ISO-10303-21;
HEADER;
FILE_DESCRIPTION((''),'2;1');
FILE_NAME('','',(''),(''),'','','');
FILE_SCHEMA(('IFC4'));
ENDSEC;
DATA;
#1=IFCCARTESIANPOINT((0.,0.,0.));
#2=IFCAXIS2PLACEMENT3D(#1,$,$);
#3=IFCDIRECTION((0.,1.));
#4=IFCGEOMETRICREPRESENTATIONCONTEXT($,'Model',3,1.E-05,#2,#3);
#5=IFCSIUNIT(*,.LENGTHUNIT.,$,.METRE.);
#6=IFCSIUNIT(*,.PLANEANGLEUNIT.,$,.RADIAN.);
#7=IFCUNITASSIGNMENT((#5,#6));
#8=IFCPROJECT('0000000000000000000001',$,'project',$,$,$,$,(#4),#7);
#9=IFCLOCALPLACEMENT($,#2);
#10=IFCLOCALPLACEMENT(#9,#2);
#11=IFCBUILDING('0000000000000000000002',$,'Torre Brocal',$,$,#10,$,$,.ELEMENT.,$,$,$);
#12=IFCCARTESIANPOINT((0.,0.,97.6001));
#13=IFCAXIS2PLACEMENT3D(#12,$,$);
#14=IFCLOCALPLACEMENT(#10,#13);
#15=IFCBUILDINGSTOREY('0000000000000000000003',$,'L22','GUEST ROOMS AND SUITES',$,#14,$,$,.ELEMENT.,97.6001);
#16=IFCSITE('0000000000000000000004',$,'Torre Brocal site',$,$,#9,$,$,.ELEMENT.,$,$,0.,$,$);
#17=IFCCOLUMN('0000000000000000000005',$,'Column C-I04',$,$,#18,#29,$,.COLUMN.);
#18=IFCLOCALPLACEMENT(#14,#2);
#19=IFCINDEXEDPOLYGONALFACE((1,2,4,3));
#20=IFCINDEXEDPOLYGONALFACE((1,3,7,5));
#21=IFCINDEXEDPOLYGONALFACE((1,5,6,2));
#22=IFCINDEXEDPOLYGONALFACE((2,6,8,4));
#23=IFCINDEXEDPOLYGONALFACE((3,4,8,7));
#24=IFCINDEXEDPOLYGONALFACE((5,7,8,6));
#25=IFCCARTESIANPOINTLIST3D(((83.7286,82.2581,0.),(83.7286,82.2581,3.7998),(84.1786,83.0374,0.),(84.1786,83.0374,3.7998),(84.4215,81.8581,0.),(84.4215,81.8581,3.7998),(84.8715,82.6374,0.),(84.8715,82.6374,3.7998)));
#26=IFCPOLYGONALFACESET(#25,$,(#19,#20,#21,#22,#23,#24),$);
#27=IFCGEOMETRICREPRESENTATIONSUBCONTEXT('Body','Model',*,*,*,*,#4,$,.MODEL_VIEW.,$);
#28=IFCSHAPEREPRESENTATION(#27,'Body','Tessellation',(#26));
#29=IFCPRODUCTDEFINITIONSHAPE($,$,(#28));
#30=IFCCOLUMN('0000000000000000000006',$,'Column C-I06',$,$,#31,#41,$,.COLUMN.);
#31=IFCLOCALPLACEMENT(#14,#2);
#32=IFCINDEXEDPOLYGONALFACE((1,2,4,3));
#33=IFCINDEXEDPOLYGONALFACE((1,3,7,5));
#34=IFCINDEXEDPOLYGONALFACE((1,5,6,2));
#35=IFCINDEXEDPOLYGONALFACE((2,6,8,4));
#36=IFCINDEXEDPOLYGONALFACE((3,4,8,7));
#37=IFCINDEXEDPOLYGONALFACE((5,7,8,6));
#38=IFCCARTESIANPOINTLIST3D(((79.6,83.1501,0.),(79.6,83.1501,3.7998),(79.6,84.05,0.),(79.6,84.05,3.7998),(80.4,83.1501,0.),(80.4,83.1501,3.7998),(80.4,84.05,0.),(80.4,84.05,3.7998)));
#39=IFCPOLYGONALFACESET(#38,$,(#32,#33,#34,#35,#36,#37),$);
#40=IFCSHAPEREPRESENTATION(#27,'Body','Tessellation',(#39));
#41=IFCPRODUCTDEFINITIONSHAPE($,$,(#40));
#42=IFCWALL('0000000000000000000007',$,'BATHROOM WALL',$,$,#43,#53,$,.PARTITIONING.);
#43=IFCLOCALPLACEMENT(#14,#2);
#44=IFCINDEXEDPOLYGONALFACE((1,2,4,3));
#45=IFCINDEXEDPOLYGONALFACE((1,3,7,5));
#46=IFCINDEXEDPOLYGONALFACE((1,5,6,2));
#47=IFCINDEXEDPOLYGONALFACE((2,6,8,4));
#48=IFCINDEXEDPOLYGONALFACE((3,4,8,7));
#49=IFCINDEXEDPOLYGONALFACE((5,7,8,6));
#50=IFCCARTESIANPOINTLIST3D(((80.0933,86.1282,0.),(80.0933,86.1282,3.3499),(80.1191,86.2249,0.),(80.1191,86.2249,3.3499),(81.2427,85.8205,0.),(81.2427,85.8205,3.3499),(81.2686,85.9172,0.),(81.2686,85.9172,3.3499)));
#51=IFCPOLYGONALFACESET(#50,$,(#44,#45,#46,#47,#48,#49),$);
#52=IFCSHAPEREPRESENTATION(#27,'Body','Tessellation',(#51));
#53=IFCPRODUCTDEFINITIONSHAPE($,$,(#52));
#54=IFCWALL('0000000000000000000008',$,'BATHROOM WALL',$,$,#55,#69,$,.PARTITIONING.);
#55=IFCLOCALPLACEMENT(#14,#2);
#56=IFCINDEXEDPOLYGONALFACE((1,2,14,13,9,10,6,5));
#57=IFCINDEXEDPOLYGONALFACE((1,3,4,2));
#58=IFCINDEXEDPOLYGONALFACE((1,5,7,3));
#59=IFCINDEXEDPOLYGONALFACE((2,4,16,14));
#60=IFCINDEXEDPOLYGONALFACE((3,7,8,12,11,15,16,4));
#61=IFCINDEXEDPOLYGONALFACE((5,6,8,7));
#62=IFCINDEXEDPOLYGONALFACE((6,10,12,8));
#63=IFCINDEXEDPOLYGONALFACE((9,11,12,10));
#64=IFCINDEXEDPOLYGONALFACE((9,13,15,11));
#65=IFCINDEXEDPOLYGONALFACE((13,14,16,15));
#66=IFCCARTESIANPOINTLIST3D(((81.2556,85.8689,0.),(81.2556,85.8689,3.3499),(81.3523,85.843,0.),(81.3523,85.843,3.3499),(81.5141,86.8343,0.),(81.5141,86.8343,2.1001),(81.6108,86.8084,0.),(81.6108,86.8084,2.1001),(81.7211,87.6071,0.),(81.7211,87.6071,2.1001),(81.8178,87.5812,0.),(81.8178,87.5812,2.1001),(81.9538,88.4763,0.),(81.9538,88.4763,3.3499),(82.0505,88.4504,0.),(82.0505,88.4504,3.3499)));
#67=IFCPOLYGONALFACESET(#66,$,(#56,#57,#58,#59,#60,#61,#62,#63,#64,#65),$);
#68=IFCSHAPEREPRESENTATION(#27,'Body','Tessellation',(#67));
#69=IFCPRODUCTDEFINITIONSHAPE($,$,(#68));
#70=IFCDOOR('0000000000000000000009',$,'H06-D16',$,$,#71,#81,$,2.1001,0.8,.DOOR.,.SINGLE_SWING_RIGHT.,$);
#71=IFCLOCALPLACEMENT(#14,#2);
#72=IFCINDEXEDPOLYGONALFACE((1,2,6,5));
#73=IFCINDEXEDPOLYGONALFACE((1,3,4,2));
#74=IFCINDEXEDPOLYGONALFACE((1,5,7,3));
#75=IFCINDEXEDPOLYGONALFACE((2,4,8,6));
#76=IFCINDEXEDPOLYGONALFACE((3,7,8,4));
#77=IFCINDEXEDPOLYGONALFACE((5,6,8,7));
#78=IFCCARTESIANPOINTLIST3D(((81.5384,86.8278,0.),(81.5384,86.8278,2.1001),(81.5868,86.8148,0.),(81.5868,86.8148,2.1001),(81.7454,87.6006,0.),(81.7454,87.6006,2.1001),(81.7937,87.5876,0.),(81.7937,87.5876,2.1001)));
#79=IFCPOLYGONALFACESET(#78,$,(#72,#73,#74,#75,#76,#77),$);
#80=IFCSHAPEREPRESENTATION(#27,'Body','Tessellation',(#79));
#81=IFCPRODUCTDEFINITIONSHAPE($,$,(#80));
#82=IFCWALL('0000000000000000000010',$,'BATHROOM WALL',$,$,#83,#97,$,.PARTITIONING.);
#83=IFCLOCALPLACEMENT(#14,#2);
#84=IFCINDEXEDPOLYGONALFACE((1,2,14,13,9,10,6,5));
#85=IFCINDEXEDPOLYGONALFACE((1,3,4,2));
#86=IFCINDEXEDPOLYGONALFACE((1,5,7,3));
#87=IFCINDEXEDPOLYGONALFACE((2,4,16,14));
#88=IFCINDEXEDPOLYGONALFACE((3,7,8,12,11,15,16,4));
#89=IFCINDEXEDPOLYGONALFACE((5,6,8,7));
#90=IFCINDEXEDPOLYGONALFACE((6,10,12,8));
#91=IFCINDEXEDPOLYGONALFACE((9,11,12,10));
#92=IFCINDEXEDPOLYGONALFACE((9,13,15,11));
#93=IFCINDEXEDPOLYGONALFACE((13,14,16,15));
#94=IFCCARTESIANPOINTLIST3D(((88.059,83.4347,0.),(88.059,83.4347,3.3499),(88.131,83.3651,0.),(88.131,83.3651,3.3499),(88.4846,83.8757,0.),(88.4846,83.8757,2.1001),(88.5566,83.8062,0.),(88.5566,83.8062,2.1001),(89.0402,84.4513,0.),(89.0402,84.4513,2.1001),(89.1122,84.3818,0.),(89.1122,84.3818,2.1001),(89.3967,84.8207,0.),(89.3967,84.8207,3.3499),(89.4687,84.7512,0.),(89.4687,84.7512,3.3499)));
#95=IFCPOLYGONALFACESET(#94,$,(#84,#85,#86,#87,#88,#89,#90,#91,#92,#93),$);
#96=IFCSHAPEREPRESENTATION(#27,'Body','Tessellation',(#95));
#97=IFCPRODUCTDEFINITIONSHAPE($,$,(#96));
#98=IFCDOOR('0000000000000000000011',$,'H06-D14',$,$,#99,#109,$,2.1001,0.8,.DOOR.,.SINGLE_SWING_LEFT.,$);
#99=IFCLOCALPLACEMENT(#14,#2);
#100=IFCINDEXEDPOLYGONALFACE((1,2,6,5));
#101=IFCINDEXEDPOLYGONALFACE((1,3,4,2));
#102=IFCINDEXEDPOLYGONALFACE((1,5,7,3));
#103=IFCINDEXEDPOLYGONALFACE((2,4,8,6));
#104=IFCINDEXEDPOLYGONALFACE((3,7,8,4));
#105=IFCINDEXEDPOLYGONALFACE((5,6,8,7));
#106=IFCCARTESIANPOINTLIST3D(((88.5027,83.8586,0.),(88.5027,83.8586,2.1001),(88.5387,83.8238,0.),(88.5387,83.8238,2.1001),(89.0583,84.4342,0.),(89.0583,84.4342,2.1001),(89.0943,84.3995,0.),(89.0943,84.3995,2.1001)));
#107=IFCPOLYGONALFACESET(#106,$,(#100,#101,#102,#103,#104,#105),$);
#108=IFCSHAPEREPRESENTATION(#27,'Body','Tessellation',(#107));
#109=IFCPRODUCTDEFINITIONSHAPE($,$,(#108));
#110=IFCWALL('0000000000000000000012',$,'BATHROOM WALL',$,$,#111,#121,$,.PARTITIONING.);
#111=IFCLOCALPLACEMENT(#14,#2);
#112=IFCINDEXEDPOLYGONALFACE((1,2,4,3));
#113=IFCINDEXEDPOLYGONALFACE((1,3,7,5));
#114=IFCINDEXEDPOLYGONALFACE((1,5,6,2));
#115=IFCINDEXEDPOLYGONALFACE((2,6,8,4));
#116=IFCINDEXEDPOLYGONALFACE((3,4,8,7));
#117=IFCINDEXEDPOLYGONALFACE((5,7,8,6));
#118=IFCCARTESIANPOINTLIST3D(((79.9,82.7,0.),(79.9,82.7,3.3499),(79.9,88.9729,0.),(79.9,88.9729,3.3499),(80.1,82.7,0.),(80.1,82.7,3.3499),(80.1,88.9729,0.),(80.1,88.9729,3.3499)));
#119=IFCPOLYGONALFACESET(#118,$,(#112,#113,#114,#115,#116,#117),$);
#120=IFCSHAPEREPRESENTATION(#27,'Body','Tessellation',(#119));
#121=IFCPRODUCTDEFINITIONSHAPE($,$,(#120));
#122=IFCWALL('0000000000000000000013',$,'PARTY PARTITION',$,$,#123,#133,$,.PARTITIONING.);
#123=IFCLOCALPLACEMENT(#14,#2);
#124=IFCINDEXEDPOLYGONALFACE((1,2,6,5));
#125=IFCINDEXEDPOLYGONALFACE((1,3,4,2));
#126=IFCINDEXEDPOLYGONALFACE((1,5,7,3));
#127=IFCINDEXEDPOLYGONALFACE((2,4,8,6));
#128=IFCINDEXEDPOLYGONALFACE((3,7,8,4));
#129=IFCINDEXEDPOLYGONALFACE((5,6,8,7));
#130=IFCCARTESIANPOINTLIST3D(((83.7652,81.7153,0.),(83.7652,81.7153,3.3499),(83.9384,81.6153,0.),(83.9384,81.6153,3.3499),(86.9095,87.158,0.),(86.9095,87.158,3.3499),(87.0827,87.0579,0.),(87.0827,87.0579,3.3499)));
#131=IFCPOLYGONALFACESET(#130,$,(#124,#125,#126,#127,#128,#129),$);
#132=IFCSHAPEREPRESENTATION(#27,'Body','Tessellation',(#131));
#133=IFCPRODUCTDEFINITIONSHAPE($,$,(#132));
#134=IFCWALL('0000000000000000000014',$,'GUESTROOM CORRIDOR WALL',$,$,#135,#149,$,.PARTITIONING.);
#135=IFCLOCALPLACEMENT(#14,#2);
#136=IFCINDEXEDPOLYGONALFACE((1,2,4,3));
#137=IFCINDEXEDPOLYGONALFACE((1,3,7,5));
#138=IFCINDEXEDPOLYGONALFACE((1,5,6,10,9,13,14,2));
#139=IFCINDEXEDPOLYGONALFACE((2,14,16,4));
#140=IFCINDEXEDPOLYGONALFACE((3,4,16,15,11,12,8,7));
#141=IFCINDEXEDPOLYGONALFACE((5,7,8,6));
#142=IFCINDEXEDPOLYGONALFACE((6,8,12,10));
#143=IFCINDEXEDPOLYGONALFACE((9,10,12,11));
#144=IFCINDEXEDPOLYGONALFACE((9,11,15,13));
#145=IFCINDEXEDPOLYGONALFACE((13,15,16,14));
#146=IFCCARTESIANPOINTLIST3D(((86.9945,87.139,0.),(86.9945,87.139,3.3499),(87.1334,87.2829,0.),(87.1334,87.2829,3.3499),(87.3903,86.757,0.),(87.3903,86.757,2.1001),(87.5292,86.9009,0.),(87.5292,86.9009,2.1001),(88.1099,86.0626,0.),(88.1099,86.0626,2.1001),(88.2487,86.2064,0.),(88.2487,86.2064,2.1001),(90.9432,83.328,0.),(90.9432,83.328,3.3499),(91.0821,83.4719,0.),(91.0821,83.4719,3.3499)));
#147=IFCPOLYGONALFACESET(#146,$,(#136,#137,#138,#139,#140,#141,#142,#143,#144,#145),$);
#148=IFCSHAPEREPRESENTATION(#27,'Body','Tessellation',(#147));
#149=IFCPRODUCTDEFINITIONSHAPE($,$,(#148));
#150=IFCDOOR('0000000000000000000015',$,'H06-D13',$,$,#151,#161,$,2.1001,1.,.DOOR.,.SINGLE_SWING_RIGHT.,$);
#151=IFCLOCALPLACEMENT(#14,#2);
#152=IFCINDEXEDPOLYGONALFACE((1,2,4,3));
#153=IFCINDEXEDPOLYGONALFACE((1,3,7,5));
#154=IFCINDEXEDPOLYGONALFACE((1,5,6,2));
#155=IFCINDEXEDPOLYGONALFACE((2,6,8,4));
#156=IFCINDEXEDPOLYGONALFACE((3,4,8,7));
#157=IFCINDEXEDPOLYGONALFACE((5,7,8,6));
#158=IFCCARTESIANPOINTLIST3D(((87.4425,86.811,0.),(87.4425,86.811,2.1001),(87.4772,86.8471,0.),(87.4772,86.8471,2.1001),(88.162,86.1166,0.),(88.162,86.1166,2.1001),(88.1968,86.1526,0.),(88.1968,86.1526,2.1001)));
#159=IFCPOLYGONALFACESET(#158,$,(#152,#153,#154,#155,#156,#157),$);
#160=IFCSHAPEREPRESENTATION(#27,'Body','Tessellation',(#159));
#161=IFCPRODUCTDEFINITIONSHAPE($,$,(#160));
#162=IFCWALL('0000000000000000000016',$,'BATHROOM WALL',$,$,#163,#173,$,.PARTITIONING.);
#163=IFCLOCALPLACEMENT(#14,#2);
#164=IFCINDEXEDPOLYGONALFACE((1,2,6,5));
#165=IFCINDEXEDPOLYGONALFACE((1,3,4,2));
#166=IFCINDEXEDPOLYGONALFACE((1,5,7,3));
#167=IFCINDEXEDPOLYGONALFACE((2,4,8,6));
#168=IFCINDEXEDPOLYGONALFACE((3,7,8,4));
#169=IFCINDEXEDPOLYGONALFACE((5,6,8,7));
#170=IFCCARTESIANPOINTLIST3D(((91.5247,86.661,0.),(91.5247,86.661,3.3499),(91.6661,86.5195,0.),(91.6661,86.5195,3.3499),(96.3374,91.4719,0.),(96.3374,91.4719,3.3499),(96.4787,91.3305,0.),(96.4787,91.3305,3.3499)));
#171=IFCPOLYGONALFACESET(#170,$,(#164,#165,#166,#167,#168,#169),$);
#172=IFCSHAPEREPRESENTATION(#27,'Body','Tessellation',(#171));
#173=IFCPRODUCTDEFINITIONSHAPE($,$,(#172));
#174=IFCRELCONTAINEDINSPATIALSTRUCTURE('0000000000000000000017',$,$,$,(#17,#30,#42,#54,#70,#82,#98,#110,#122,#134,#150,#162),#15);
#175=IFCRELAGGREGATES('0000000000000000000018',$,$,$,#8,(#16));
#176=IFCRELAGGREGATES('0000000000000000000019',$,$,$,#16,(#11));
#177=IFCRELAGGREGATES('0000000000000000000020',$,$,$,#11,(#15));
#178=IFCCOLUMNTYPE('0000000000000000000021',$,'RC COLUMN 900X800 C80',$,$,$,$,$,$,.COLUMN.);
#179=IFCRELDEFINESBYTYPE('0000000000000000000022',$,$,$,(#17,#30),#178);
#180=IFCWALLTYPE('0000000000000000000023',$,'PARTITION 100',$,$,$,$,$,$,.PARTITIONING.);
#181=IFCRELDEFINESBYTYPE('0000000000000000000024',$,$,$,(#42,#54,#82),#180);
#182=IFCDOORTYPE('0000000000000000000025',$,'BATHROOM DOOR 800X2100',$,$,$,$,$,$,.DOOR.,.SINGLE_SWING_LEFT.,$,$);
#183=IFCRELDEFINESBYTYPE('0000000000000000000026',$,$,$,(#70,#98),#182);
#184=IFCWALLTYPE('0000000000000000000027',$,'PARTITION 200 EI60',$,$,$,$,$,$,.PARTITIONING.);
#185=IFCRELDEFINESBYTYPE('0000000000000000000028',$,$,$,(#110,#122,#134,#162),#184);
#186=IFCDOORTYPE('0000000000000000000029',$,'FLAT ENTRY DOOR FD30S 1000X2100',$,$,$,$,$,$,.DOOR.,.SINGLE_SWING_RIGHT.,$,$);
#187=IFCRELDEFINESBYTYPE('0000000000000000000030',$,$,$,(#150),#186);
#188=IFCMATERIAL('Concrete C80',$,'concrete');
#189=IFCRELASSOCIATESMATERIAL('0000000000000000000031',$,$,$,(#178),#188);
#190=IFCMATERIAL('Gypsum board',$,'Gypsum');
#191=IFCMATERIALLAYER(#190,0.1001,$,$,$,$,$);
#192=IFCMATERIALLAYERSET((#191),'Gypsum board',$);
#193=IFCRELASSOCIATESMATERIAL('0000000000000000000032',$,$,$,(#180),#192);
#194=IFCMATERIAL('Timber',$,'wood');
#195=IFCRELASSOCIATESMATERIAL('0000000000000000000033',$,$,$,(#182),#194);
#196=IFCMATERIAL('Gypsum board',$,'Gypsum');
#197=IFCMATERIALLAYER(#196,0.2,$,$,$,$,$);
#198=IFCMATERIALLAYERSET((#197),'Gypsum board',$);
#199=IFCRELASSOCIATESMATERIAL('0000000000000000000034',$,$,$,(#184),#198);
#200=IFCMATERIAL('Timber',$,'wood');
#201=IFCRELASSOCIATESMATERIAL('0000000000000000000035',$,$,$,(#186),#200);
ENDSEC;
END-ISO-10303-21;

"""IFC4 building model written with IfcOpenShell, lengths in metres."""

from ifc_helpers import new_model, si_unit, direction, frame, frame_2d, origin, origin_2d, place, context, subcontext, project, spatial, rectangle, extrude, material, layer, layer_set, material_profile, profile_set, type_object, element, fill, save


model = new_model("IFC4")

# Units and contexts
model_context = context("Model", 3, precision=1e-05, world=origin(), true_north=direction((0.0, 1.0)))
body_context = subcontext(model_context, "Body", "Model", "MODEL_VIEW")
ifc_project = project(units=[si_unit("LENGTHUNIT", "METRE"), si_unit("PLANEANGLEUNIT", "RADIAN")], contexts=[model_context])

# Site, building, storey
site_placement = place(None, origin())
site = spatial("IfcSite", under=ifc_project, at=site_placement, Name="Torre Brocal site", CompositionType="ELEMENT", RefElevation=0.0)
building_placement = place(site_placement, origin())
building = spatial("IfcBuilding", under=site, at=building_placement, Name="Torre Brocal", CompositionType="ELEMENT")
storey_placement = place(building_placement, frame((0.0, 0.0, 97.6001)))
storey = spatial("IfcBuildingStorey", under=building, at=storey_placement, Name="L22", Description="GUEST ROOMS AND SUITES", CompositionType="ELEMENT", Elevation=97.6001)

# Columns
ifc_material_1 = material(Name="Concrete C80", Category="concrete")
ifc_material_profile = material_profile(ifc_material_1, rectangle(XDim=0.8999, YDim=0.8, at=origin_2d()), Name="RC 900X800")
ifc_profile_set = profile_set([ifc_material_profile], Name="Concrete C80")
column_type = type_object("IfcColumnType", Name="RC COLUMN 900X800 C80", PredefinedType="COLUMN", material=ifc_profile_set)
for number, where, z_axis, x_axis, name in (
    (1, (84.3, 82.4478, 0.0), (0.0, 0.0, 1.0), (0.5, 0.866025, 0.0), "Column C-I04"),
    (2, (80.0, 83.6001, 0.0), (0.0, 0.0, 1.0), (0.0, 1.0, 0.0), "Column C-I06"),
):
    element("IfcColumn", number, at=place(storey_placement, frame(where, z_axis=z_axis, x_axis=x_axis)), inside=storey, type_object=column_type, Name=name, PredefinedType="COLUMN", context=body_context, shape_type="SweptSolid", body=[
        extrude(rectangle(XDim=0.8999, YDim=0.8, at=origin_2d()), origin(), (0.0, 0.0, 1.0), 3.7998),
    ])

# Wall
ifc_material_2 = material(Name="Gypsum board", Category="Gypsum")
ifc_layer_1 = layer(ifc_material_2, 0.1001)
ifc_layer_set_1 = layer_set([ifc_layer_1], Name="Gypsum board")
wall_type_1 = type_object("IfcWallType", Name="PARTITION 100", PredefinedType="PARTITIONING", material=ifc_layer_set_1)
wall_1_placement = place(storey_placement, frame((80.1062, 86.1765, 0.0), z_axis=(0.0, 0.0, 1.0), x_axis=(0.966003, -0.258531, 0.0)))
element("IfcWall", 3, at=wall_1_placement, inside=storey, type_object=wall_type_1, Name="BATHROOM WALL", PredefinedType="PARTITIONING", context=body_context, shape_type="SweptSolid", body=[
    extrude(rectangle(XDim=1.1899, YDim=0.1001, at=frame_2d((0.595, 0.0))), origin(), (0.0, 0.0, 1.0), 3.3499),
])

# Walls, openings, doors
wall_2_placement = place(storey_placement, frame((81.304, 85.856, 0.0), z_axis=(0.0, 0.0, 1.0), x_axis=(0.258676, 0.965964, 0.0)))
wall_2 = element("IfcWall", 4, at=wall_2_placement, inside=storey, type_object=wall_type_1, Name="BATHROOM WALL", PredefinedType="PARTITIONING", context=body_context, shape_type="SweptSolid", body=[
    extrude(rectangle(XDim=2.6992, YDim=0.1001, at=frame_2d((1.3496, 0.0))), origin(), (0.0, 0.0, 1.0), 3.3499),
])
opening_1_placement = place(wall_2_placement, frame((0.9995, 0.0, 0.0)))
opening_1 = element("IfcOpeningElement", 5, at=opening_1_placement, cuts=wall_2, PredefinedType="OPENING", context=body_context, shape_type="SweptSolid", body=[
    extrude(rectangle(XDim=0.8, YDim=2.1001, at=frame_2d((0.3999, 1.05))), frame((0.0, 0.0601, 0.0), z_axis=(0.0, -1.0, 0.0), x_axis=(1.0, 0.0, 0.0)), (0.0, 0.0, 1.0), 0.1201),
])
ifc_material_3 = material(Name="Timber", Category="wood")
door_type_1 = type_object("IfcDoorType", Name="BATHROOM DOOR 800X2100", OperationType="SINGLE_SWING_LEFT", PredefinedType="DOOR", material=ifc_material_3)
door_1_placement = place(opening_1_placement, origin())
door_1 = element("IfcDoor", 6, at=door_1_placement, inside=storey, type_object=door_type_1, Name="H06-D16", OperationType="SINGLE_SWING_RIGHT", OverallHeight=2.1001, OverallWidth=0.8, PredefinedType="DOOR", context=body_context, shape_type="SweptSolid", body=[
    extrude(rectangle(XDim=0.8, YDim=2.1001, at=frame_2d((0.3999, 1.05))), frame((0.0, 0.0249, 0.0), z_axis=(0.0, -1.0, 0.0), x_axis=(1.0, 0.0, 0.0)), (0.0, 0.0, 1.0), 0.05),
])
fill(opening_1, door_1)
wall_3_placement = place(storey_placement, frame((88.095, 83.3999, 0.0), z_axis=(0.0, 0.0, 1.0), x_axis=(0.694447, 0.719543, 0.0)))
wall_3 = element("IfcWall", 7, at=wall_3_placement, inside=storey, type_object=wall_type_1, Name="BATHROOM WALL", PredefinedType="PARTITIONING", context=body_context, shape_type="SweptSolid", body=[
    extrude(rectangle(XDim=1.9263, YDim=0.1001, at=frame_2d((0.9631, 0.0))), origin(), (0.0, 0.0, 1.0), 3.3499),
])
opening_2_placement = place(wall_3_placement, frame((0.613, 0.0, 0.0)))
opening_2 = element("IfcOpeningElement", 8, at=opening_2_placement, cuts=wall_3, PredefinedType="OPENING", context=body_context, shape_type="SweptSolid", body=[
    extrude(rectangle(XDim=0.8, YDim=2.1001, at=frame_2d((0.3999, 1.05))), frame((0.0, 0.0601, 0.0), z_axis=(0.0, -1.0, 0.0), x_axis=(1.0, 0.0, 0.0)), (0.0, 0.0, 1.0), 0.1201),
])
door_2_placement = place(opening_2_placement, frame((0.8, 0.0, 0.0), z_axis=(0.0, 0.0, 1.0), x_axis=(-1.0, 0.0, 0.0)))
door_2 = element("IfcDoor", 9, at=door_2_placement, inside=storey, type_object=door_type_1, Name="H06-D14", OperationType="SINGLE_SWING_LEFT", OverallHeight=2.1001, OverallWidth=0.8, PredefinedType="DOOR", context=body_context, shape_type="SweptSolid", body=[
    extrude(rectangle(XDim=0.8, YDim=2.1001, at=frame_2d((0.3999, 1.05))), frame((0.0, 0.0249, 0.0), z_axis=(0.0, -1.0, 0.0), x_axis=(1.0, 0.0, 0.0)), (0.0, 0.0, 1.0), 0.05),
])
fill(opening_2, door_2)

# Walls
ifc_material_4 = material(Name="Gypsum board", Category="Gypsum")
ifc_layer_2 = layer(ifc_material_4, 0.2)
ifc_layer_set_2 = layer_set([ifc_layer_2], Name="Gypsum board")
wall_type_2 = type_object("IfcWallType", Name="PARTITION 200 EI60", PredefinedType="PARTITIONING", material=ifc_layer_set_2)
wall_4_placement = place(storey_placement, frame((80.0, 82.7, 0.0), z_axis=(0.0, 0.0, 1.0), x_axis=(0.0, 1.0, 0.0)))
element("IfcWall", 10, at=wall_4_placement, inside=storey, type_object=wall_type_2, Name="BATHROOM WALL", PredefinedType="PARTITIONING", context=body_context, shape_type="SweptSolid", body=[
    extrude(rectangle(XDim=6.2729, YDim=0.2, at=frame_2d((3.1365, 0.0))), origin(), (0.0, 0.0, 1.0), 3.3499),
])
wall_5_placement = place(storey_placement, frame((83.8518, 81.6653, 0.0), z_axis=(0.0, 0.0, 1.0), x_axis=(0.500237, 0.865889, 0.0)))
element("IfcWall", 11, at=wall_5_placement, inside=storey, type_object=wall_type_2, Name="PARTY PARTITION", PredefinedType="PARTITIONING", context=body_context, shape_type="SweptSolid", body=[
    extrude(rectangle(XDim=6.2856, YDim=0.2, at=frame_2d((3.1428, 0.0))), origin(), (0.0, 0.0, 1.0), 3.3499),
])

# Wall, opening, door
wall_6_placement = place(storey_placement, frame((87.064, 87.2109, 0.0), z_axis=(0.0, 0.0, 1.0), x_axis=(0.719541, -0.69445, 0.0)))
wall_6 = element("IfcWall", 12, at=wall_6_placement, inside=storey, type_object=wall_type_2, Name="GUESTROOM CORRIDOR WALL", PredefinedType="PARTITIONING", context=body_context, shape_type="SweptSolid", body=[
    extrude(rectangle(XDim=5.4878, YDim=0.2, at=frame_2d((2.7439, 0.0))), origin(), (0.0, 0.0, 1.0), 3.3499),
])
opening_3_placement = place(wall_6_placement, frame((0.55, 0.0, 0.0)))
opening_3 = element("IfcOpeningElement", 13, at=opening_3_placement, cuts=wall_6, PredefinedType="OPENING", context=body_context, shape_type="SweptSolid", body=[
    extrude(rectangle(XDim=1.0, YDim=2.1001, at=frame_2d((0.5, 1.05))), frame((0.0, 0.1099, 0.0), z_axis=(0.0, -1.0, 0.0), x_axis=(1.0, 0.0, 0.0)), (0.0, 0.0, 1.0), 0.22),
])
ifc_material_5 = material(Name="Timber", Category="wood")
door_type_2 = type_object("IfcDoorType", Name="FLAT ENTRY DOOR FD30S 1000X2100", OperationType="SINGLE_SWING_RIGHT", PredefinedType="DOOR", material=ifc_material_5)
door_3_placement = place(opening_3_placement, frame((1.0, 0.0, 0.0), z_axis=(0.0, 0.0, 1.0), x_axis=(-1.0, 0.0, 0.0)))
door_3 = element("IfcDoor", 14, at=door_3_placement, inside=storey, type_object=door_type_2, Name="H06-D13", OperationType="SINGLE_SWING_RIGHT", OverallHeight=2.1001, OverallWidth=1.0, PredefinedType="DOOR", context=body_context, shape_type="SweptSolid", body=[
    extrude(rectangle(XDim=1.0, YDim=2.1001, at=frame_2d((0.5, 1.05))), frame((0.0, 0.0249, 0.0), z_axis=(0.0, -1.0, 0.0), x_axis=(1.0, 0.0, 0.0)), (0.0, 0.0, 1.0), 0.05),
])
fill(opening_3, door_3)

# Wall
wall_7_placement = place(storey_placement, frame((91.5955, 86.5903, 0.0), z_axis=(0.0, 0.0, 1.0), x_axis=(0.707232, 0.706981, 0.0)))
element("IfcWall", 15, at=wall_7_placement, inside=storey, type_object=wall_type_2, Name="BATHROOM WALL", PredefinedType="PARTITIONING", context=body_context, shape_type="SweptSolid", body=[
    extrude(rectangle(XDim=6.8049, YDim=0.2, at=frame_2d((3.4023, 0.0))), origin(), (0.0, 0.0, 1.0), 3.3499),
])

save(model, "model.ifc")
